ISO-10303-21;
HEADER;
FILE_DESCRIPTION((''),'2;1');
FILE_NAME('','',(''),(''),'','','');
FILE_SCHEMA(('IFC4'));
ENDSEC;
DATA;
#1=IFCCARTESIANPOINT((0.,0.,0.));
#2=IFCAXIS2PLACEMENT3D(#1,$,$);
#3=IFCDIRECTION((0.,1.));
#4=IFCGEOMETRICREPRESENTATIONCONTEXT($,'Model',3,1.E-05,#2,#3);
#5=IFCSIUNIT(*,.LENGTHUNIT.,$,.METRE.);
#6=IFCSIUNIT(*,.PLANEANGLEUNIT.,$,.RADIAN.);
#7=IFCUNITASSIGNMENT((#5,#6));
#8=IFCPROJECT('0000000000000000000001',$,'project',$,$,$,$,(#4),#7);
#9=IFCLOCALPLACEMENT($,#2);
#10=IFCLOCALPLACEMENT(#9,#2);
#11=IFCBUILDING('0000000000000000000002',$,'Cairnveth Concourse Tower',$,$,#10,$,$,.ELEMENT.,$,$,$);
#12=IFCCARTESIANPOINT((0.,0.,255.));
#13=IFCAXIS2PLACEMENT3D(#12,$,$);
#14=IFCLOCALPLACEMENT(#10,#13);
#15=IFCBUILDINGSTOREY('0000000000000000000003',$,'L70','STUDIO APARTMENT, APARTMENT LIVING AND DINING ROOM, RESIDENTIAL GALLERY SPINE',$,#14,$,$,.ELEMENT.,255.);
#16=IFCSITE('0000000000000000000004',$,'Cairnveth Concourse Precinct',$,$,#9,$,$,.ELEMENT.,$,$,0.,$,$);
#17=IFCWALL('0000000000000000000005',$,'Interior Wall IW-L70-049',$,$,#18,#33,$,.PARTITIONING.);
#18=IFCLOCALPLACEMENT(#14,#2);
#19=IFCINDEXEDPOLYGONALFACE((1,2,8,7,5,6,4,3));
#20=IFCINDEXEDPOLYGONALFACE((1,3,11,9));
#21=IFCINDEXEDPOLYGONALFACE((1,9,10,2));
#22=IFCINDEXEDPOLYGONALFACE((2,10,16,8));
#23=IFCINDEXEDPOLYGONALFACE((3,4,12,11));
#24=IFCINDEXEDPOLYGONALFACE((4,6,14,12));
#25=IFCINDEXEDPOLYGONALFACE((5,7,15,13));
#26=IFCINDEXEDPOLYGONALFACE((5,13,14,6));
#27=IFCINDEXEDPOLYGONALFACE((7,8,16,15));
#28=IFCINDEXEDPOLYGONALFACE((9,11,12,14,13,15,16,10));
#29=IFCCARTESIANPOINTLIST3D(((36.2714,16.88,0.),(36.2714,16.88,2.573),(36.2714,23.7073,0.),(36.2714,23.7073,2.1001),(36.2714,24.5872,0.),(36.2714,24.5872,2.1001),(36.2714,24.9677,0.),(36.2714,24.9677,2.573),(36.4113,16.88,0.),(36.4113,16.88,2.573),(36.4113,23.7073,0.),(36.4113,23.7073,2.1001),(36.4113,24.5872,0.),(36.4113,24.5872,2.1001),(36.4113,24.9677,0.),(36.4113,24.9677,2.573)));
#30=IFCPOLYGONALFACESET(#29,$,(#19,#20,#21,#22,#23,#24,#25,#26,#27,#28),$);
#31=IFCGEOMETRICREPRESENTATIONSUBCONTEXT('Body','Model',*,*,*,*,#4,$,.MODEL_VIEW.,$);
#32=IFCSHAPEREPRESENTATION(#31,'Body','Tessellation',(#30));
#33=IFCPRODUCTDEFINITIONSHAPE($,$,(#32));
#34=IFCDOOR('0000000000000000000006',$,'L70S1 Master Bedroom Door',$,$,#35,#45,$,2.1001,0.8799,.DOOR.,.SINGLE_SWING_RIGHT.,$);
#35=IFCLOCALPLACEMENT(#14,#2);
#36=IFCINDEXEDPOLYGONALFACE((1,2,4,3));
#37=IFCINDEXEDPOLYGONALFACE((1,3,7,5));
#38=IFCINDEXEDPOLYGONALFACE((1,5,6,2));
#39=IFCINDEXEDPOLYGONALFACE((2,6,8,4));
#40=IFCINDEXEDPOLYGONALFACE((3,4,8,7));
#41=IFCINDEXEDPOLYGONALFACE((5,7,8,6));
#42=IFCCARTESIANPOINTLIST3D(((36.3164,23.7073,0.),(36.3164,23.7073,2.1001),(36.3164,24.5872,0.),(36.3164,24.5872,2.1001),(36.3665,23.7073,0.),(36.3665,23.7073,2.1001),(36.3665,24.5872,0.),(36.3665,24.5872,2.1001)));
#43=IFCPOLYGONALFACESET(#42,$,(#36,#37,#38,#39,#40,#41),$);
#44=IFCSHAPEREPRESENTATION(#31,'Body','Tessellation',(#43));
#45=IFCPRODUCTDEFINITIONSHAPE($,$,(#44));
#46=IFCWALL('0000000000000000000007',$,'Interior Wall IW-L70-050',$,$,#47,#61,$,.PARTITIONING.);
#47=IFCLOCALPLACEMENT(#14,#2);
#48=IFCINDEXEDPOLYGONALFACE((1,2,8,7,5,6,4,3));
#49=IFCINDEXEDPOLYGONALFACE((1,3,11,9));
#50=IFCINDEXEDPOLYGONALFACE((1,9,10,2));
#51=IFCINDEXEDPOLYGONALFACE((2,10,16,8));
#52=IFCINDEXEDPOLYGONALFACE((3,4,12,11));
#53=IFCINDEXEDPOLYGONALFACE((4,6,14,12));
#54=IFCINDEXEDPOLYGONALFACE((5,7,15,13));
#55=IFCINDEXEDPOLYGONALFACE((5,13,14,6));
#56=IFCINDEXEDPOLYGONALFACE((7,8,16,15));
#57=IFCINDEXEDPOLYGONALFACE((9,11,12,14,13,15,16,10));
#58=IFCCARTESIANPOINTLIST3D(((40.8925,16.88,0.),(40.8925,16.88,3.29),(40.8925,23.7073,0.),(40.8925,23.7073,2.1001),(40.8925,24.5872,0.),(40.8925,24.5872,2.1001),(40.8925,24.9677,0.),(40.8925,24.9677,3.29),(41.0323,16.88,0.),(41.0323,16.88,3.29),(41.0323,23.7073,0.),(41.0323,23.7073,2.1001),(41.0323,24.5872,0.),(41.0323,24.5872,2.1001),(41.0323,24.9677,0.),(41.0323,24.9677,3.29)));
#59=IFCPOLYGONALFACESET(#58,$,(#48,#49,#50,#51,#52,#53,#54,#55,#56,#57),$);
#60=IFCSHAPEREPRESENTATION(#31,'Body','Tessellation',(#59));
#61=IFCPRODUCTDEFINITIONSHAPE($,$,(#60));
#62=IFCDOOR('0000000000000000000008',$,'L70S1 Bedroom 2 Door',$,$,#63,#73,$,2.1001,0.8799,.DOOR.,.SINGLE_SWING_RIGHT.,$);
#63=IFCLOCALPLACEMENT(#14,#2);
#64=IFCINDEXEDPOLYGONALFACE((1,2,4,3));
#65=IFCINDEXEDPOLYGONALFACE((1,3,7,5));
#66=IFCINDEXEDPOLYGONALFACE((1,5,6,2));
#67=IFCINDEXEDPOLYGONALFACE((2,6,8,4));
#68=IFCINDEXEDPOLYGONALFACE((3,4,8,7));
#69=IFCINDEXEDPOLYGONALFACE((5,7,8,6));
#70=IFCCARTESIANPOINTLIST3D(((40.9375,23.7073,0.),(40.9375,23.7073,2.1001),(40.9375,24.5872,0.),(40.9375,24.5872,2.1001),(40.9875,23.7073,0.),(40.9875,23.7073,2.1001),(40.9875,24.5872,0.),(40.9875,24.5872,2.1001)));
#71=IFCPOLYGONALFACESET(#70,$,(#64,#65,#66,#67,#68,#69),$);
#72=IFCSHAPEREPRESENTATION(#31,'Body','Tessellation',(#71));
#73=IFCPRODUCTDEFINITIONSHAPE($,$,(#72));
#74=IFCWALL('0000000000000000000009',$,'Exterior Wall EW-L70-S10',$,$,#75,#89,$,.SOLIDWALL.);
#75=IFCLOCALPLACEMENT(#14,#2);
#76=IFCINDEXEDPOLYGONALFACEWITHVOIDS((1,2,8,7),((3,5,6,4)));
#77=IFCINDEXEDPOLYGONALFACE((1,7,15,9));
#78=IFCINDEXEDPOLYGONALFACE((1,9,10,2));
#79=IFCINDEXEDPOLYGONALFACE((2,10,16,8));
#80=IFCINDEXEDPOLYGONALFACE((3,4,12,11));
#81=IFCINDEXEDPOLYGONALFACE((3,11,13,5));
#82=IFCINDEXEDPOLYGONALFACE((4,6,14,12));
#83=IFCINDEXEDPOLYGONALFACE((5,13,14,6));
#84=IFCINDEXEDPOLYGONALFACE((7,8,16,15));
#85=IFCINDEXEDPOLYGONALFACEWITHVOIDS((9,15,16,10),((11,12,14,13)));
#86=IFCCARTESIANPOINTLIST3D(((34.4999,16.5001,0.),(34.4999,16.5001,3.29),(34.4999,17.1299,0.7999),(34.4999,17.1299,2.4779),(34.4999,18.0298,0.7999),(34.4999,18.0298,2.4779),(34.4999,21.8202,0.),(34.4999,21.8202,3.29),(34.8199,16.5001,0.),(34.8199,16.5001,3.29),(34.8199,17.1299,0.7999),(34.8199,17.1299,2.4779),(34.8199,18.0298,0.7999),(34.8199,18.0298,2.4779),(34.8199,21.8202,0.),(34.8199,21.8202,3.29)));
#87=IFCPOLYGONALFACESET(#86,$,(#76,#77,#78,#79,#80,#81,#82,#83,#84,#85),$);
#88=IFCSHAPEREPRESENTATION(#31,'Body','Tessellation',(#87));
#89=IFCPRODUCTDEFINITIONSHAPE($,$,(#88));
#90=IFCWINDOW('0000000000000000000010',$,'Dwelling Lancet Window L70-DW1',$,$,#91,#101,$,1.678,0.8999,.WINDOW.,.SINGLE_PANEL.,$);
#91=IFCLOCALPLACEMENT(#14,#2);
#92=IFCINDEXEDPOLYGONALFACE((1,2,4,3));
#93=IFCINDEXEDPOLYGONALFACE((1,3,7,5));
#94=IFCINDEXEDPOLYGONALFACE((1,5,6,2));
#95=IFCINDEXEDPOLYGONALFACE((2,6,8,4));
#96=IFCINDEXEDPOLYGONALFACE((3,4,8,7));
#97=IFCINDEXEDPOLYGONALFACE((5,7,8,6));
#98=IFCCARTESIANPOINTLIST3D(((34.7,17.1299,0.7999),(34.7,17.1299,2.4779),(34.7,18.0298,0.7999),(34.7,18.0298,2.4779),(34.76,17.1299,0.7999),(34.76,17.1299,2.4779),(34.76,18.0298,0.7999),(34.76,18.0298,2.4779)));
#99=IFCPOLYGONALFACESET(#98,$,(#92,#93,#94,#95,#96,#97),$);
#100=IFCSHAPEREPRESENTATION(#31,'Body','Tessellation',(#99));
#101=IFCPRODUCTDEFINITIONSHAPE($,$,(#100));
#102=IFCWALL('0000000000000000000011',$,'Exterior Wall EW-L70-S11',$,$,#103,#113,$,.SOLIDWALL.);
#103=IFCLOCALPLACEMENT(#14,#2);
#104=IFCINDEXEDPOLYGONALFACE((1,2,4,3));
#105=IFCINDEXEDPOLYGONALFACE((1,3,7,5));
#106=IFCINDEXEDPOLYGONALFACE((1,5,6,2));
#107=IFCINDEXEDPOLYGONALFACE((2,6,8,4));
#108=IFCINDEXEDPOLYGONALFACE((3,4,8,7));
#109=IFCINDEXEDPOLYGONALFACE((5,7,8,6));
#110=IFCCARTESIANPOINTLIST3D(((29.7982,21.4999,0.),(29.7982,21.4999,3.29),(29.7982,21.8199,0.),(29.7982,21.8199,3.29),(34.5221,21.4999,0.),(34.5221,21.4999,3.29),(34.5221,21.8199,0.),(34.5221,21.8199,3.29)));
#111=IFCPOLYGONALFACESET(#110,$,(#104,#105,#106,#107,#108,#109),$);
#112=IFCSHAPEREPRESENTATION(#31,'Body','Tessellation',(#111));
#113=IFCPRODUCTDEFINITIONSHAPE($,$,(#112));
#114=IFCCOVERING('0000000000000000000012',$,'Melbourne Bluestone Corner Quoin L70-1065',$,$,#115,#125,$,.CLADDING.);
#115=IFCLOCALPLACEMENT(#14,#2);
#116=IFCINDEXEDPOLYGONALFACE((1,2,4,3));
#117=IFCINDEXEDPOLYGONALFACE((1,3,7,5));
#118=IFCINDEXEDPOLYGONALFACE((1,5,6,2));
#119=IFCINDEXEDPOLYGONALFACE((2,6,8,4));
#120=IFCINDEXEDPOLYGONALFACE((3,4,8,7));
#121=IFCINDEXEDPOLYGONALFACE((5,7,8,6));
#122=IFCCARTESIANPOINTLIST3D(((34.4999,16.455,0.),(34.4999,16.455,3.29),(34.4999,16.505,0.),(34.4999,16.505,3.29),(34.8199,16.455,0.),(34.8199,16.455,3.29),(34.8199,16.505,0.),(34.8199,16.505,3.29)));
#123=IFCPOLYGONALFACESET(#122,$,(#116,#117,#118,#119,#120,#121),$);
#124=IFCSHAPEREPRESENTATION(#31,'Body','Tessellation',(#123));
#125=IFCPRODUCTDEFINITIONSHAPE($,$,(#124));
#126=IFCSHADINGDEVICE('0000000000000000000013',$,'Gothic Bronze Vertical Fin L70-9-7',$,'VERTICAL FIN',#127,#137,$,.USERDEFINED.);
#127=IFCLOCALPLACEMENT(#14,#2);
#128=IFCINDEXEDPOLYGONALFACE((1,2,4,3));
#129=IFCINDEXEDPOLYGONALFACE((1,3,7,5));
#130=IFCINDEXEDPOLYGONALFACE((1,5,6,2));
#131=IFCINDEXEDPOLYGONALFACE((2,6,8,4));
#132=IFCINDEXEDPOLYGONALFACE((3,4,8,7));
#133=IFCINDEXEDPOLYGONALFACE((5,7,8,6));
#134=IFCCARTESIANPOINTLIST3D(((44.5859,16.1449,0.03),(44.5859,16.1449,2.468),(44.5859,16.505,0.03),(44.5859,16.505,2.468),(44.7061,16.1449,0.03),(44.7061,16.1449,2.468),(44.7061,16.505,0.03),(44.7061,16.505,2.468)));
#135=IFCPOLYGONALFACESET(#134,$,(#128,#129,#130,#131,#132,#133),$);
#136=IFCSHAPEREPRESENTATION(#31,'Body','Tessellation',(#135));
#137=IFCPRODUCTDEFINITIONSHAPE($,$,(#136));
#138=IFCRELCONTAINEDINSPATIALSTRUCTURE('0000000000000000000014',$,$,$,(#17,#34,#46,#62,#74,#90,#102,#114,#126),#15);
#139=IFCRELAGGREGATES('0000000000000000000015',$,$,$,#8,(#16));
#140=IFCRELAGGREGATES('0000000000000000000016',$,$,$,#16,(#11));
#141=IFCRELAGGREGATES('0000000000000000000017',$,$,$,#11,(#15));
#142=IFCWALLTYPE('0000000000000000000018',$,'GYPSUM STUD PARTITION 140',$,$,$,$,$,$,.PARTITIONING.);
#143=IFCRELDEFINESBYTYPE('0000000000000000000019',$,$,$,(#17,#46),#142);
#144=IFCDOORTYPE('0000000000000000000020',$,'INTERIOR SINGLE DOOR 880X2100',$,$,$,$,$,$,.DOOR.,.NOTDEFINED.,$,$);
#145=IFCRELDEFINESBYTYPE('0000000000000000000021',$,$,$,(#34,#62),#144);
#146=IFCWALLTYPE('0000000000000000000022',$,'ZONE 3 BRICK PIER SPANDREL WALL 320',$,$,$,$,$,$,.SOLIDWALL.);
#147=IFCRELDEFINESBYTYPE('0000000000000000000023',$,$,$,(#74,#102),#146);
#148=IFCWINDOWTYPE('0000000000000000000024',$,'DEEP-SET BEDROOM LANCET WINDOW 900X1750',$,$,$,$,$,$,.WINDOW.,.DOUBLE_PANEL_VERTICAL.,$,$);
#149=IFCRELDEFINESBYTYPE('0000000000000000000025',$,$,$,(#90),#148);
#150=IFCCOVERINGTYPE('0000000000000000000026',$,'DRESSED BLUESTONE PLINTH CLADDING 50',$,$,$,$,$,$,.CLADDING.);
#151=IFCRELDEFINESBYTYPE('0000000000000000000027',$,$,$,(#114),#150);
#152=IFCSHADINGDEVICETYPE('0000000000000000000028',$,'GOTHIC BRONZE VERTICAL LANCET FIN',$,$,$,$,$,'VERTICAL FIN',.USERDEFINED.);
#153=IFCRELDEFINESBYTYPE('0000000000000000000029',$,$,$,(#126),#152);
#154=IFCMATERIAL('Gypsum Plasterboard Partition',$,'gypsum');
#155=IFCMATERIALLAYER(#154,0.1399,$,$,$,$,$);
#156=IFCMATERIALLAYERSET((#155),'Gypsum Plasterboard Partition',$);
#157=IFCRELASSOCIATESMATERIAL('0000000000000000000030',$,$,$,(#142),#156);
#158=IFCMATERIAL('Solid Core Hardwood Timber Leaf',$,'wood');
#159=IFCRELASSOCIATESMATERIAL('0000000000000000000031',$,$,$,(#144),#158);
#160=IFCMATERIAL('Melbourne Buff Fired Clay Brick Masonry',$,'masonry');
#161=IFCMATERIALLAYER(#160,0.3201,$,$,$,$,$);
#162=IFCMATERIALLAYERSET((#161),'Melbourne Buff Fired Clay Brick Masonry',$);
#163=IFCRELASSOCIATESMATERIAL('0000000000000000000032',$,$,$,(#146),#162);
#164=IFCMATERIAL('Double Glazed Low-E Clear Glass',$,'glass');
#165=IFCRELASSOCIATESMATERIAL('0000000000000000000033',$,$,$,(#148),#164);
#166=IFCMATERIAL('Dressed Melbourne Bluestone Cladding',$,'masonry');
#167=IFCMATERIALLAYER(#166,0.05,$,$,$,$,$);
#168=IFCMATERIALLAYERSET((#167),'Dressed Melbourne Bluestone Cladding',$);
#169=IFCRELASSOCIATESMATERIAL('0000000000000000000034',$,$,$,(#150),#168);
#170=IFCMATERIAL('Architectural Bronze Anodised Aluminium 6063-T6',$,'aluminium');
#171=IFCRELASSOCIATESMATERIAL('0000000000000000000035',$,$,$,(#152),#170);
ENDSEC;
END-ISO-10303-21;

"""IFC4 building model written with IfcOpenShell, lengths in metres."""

from ifc_helpers import new_model, si_unit, direction, frame, frame_2d, origin, origin_2d, place, context, subcontext, project, spatial, rectangle, extrude, material, layer, layer_set, type_object, element, fill, save


model = new_model("IFC4")

# Units and contexts
model_context = context("Model", 3, precision=1e-05, world=origin(), true_north=direction((0.0, 1.0)))
body_context = subcontext(model_context, "Body", "Model", "MODEL_VIEW")
ifc_project = project(units=[si_unit("LENGTHUNIT", "METRE"), si_unit("PLANEANGLEUNIT", "RADIAN")], contexts=[model_context])

# Site, building, storey
site_placement = place(None, origin())
site = spatial("IfcSite", under=ifc_project, at=site_placement, Name="Cairnveth Concourse Precinct", CompositionType="ELEMENT", RefElevation=0.0)
building_placement = place(site_placement, origin())
building = spatial("IfcBuilding", under=site, at=building_placement, Name="Cairnveth Concourse Tower", CompositionType="ELEMENT")
storey_placement = place(building_placement, frame((0.0, 0.0, 255.0)))
storey = spatial("IfcBuildingStorey", under=building, at=storey_placement, Name="L70", Description="STUDIO APARTMENT, APARTMENT LIVING AND DINING ROOM, RESIDENTIAL GALLERY SPINE", CompositionType="ELEMENT", Elevation=255.0)

# Shared definitions
ifc_material_1 = material(Name="Gypsum Plasterboard Partition", Category="gypsum")

# Walls, openings, doors
ifc_layer_1 = layer(ifc_material_1, 0.1399)
ifc_layer_set_1 = layer_set([ifc_layer_1], Name="Gypsum Plasterboard Partition")
wall_type_1 = type_object("IfcWallType", Name="GYPSUM STUD PARTITION 140", PredefinedType="PARTITIONING", material=ifc_layer_set_1)
wall_1_placement = place(storey_placement, frame((36.3413, 16.8799, 0.0), z_axis=(0.0, 0.0, 1.0), x_axis=(0.0, 1.0, 0.0)))
wall_1 = element("IfcWall", 1, at=wall_1_placement, inside=storey, type_object=wall_type_1, Name="Interior Wall IW-L70-049", PredefinedType="PARTITIONING", context=body_context, shape_type="SweptSolid", body=[
    extrude(rectangle(XDim=8.0876, YDim=0.1399, at=frame_2d((4.0439, 0.0))), origin(), (0.0, 0.0, 1.0), 2.573),
])
opening_1_placement = place(wall_1_placement, frame((6.8274, 0.0, 0.0)))
opening_1 = element("IfcOpeningElement", 2, at=opening_1_placement, cuts=wall_1, PredefinedType="OPENING", context=body_context, shape_type="SweptSolid", body=[
    extrude(rectangle(XDim=0.8799, YDim=2.1001, at=frame_2d((0.4399, 1.05))), frame((0.0, 0.0798, 0.0), z_axis=(0.0, -1.0, 0.0), x_axis=(1.0, 0.0, 0.0)), (0.0, 0.0, 1.0), 0.1599),
])
ifc_material_2 = material(Name="Solid Core Hardwood Timber Leaf", Category="wood")
door_type = type_object("IfcDoorType", Name="INTERIOR SINGLE DOOR 880X2100", OperationType="NOTDEFINED", PredefinedType="DOOR", material=ifc_material_2)
door_1_placement = place(opening_1_placement, origin())
door_1 = element("IfcDoor", 3, at=door_1_placement, inside=storey, type_object=door_type, Name="L70S1 Master Bedroom Door", OperationType="SINGLE_SWING_RIGHT", OverallHeight=2.1001, OverallWidth=0.8799, PredefinedType="DOOR", context=body_context, shape_type="SweptSolid", body=[
    extrude(rectangle(XDim=0.8799, YDim=2.1001, at=frame_2d((0.4399, 1.05))), frame((0.0, 0.0249, 0.0), z_axis=(0.0, -1.0, 0.0), x_axis=(1.0, 0.0, 0.0)), (0.0, 0.0, 1.0), 0.05),
])
fill(opening_1, door_1)
wall_2_placement = place(storey_placement, frame((40.9624, 16.8799, 0.0), z_axis=(0.0, 0.0, 1.0), x_axis=(0.0, 1.0, 0.0)))
wall_2 = element("IfcWall", 4, at=wall_2_placement, inside=storey, type_object=wall_type_1, Name="Interior Wall IW-L70-050", PredefinedType="PARTITIONING", context=body_context, shape_type="SweptSolid", body=[
    extrude(rectangle(XDim=8.0876, YDim=0.1399, at=frame_2d((4.0439, 0.0))), origin(), (0.0, 0.0, 1.0), 3.29),
])
opening_2_placement = place(wall_2_placement, frame((6.8274, 0.0, 0.0)))
opening_2 = element("IfcOpeningElement", 5, at=opening_2_placement, cuts=wall_2, PredefinedType="OPENING", context=body_context, shape_type="SweptSolid", body=[
    extrude(rectangle(XDim=0.8799, YDim=2.1001, at=frame_2d((0.4399, 1.05))), frame((0.0, 0.0798, 0.0), z_axis=(0.0, -1.0, 0.0), x_axis=(1.0, 0.0, 0.0)), (0.0, 0.0, 1.0), 0.1599),
])
door_2_placement = place(opening_2_placement, origin())
door_2 = element("IfcDoor", 6, at=door_2_placement, inside=storey, type_object=door_type, Name="L70S1 Bedroom 2 Door", OperationType="SINGLE_SWING_RIGHT", OverallHeight=2.1001, OverallWidth=0.8799, PredefinedType="DOOR", context=body_context, shape_type="SweptSolid", body=[
    extrude(rectangle(XDim=0.8799, YDim=2.1001, at=frame_2d((0.4399, 1.05))), frame((0.0, 0.0249, 0.0), z_axis=(0.0, -1.0, 0.0), x_axis=(1.0, 0.0, 0.0)), (0.0, 0.0, 1.0), 0.05),
])
fill(opening_2, door_2)

# Wall, opening, window
ifc_material_3 = material(Name="Melbourne Buff Fired Clay Brick Masonry", Category="masonry")
ifc_layer_2 = layer(ifc_material_3, 0.3201)
ifc_layer_set_2 = layer_set([ifc_layer_2], Name="Melbourne Buff Fired Clay Brick Masonry")
wall_type_2 = type_object("IfcWallType", Name="ZONE 3 BRICK PIER SPANDREL WALL 320", PredefinedType="SOLIDWALL", material=ifc_layer_set_2)
wall_3_placement = place(storey_placement, frame((34.6599, 16.5, 0.0), z_axis=(0.0, 0.0, 1.0), x_axis=(0.0, 1.0, 0.0)))
wall_3 = element("IfcWall", 7, at=wall_3_placement, inside=storey, type_object=wall_type_2, Name="Exterior Wall EW-L70-S10", PredefinedType="SOLIDWALL", context=body_context, shape_type="SweptSolid", body=[
    extrude(rectangle(XDim=5.3201, YDim=0.3201, at=frame_2d((2.6602, 0.0))), origin(), (0.0, 0.0, 1.0), 3.29),
])
opening_3_placement = place(wall_3_placement, frame((0.6299, 0.0, 0.8)))
opening_3 = element("IfcOpeningElement", 8, at=opening_3_placement, cuts=wall_3, PredefinedType="OPENING", context=body_context, shape_type="SweptSolid", body=[
    extrude(rectangle(XDim=0.8999, YDim=1.678, at=frame_2d((0.45, 0.8389))), frame((0.0, 0.1699, 0.0), z_axis=(0.0, -1.0, 0.0), x_axis=(1.0, 0.0, 0.0)), (0.0, 0.0, 1.0), 0.3401),
])
ifc_material_4 = material(Name="Double Glazed Low-E Clear Glass", Category="glass")
window_type = type_object("IfcWindowType", Name="DEEP-SET BEDROOM LANCET WINDOW 900X1750", PartitioningType="DOUBLE_PANEL_VERTICAL", PredefinedType="WINDOW", material=ifc_material_4)
window_placement = place(opening_3_placement, origin())
window = element("IfcWindow", 9, at=window_placement, inside=storey, type_object=window_type, Name="Dwelling Lancet Window L70-DW1", OverallHeight=1.678, OverallWidth=0.8999, PartitioningType="SINGLE_PANEL", PredefinedType="WINDOW", context=body_context, shape_type="SweptSolid", body=[
    extrude(rectangle(XDim=0.8999, YDim=1.678, at=frame_2d((0.45, 0.8389))), frame((0.0, -0.04, 0.0), z_axis=(0.0, -1.0, 0.0), x_axis=(1.0, 0.0, 0.0)), (0.0, 0.0, 1.0), 0.0601),
])
fill(opening_3, window)

# Wall
wall_4_placement = place(storey_placement, frame((34.522, 21.6599, 0.0), z_axis=(0.0, 0.0, 1.0), x_axis=(-1.0, 0.0, 0.0)))
element("IfcWall", 10, at=wall_4_placement, inside=storey, type_object=wall_type_2, Name="Exterior Wall EW-L70-S11", PredefinedType="SOLIDWALL", context=body_context, shape_type="SweptSolid", body=[
    extrude(rectangle(XDim=4.7239, YDim=0.3201, at=frame_2d((2.3618, 0.0))), origin(), (0.0, 0.0, 1.0), 3.29),
])

# Covering
ifc_material_5 = material(Name="Dressed Melbourne Bluestone Cladding", Category="masonry")
ifc_layer_3 = layer(ifc_material_5, 0.05)
ifc_layer_set_3 = layer_set([ifc_layer_3], Name="Dressed Melbourne Bluestone Cladding")
covering_type = type_object("IfcCoveringType", Name="DRESSED BLUESTONE PLINTH CLADDING 50", PredefinedType="CLADDING", material=ifc_layer_set_3)
covering_placement = place(storey_placement, frame((34.8201, 16.48, 0.0), z_axis=(0.0, 0.0, 1.0), x_axis=(-1.0, 0.0, 0.0)))
element("IfcCovering", 11, at=covering_placement, inside=storey, type_object=covering_type, Name="Melbourne Bluestone Corner Quoin L70-1065", PredefinedType="CLADDING", context=body_context, shape_type="SweptSolid", body=[
    extrude(rectangle(XDim=0.3201, YDim=0.05, at=frame_2d((0.1602, 0.0))), origin(), (0.0, 0.0, 1.0), 3.29),
])

# Shading device
ifc_material_6 = material(Name="Architectural Bronze Anodised Aluminium 6063-T6", Category="aluminium")
shading_device_type = type_object("IfcShadingDeviceType", Name="GOTHIC BRONZE VERTICAL LANCET FIN", ElementType="VERTICAL FIN", PredefinedType="USERDEFINED", material=ifc_material_6)
shading_device_placement = place(storey_placement, frame((44.646, 16.325, 0.03), z_axis=(0.0, 0.0, 1.0), x_axis=(1.0, 0.0, 0.0)))
element("IfcShadingDevice", 12, at=shading_device_placement, inside=storey, type_object=shading_device_type, Name="Gothic Bronze Vertical Fin L70-9-7", ObjectType="VERTICAL FIN", PredefinedType="USERDEFINED", context=body_context, shape_type="SweptSolid", body=[
    extrude(rectangle(XDim=0.1201, YDim=0.3601, at=origin_2d()), origin(), (0.0, 0.0, 1.0), 2.438),
])

save(model, "model.ifc")
